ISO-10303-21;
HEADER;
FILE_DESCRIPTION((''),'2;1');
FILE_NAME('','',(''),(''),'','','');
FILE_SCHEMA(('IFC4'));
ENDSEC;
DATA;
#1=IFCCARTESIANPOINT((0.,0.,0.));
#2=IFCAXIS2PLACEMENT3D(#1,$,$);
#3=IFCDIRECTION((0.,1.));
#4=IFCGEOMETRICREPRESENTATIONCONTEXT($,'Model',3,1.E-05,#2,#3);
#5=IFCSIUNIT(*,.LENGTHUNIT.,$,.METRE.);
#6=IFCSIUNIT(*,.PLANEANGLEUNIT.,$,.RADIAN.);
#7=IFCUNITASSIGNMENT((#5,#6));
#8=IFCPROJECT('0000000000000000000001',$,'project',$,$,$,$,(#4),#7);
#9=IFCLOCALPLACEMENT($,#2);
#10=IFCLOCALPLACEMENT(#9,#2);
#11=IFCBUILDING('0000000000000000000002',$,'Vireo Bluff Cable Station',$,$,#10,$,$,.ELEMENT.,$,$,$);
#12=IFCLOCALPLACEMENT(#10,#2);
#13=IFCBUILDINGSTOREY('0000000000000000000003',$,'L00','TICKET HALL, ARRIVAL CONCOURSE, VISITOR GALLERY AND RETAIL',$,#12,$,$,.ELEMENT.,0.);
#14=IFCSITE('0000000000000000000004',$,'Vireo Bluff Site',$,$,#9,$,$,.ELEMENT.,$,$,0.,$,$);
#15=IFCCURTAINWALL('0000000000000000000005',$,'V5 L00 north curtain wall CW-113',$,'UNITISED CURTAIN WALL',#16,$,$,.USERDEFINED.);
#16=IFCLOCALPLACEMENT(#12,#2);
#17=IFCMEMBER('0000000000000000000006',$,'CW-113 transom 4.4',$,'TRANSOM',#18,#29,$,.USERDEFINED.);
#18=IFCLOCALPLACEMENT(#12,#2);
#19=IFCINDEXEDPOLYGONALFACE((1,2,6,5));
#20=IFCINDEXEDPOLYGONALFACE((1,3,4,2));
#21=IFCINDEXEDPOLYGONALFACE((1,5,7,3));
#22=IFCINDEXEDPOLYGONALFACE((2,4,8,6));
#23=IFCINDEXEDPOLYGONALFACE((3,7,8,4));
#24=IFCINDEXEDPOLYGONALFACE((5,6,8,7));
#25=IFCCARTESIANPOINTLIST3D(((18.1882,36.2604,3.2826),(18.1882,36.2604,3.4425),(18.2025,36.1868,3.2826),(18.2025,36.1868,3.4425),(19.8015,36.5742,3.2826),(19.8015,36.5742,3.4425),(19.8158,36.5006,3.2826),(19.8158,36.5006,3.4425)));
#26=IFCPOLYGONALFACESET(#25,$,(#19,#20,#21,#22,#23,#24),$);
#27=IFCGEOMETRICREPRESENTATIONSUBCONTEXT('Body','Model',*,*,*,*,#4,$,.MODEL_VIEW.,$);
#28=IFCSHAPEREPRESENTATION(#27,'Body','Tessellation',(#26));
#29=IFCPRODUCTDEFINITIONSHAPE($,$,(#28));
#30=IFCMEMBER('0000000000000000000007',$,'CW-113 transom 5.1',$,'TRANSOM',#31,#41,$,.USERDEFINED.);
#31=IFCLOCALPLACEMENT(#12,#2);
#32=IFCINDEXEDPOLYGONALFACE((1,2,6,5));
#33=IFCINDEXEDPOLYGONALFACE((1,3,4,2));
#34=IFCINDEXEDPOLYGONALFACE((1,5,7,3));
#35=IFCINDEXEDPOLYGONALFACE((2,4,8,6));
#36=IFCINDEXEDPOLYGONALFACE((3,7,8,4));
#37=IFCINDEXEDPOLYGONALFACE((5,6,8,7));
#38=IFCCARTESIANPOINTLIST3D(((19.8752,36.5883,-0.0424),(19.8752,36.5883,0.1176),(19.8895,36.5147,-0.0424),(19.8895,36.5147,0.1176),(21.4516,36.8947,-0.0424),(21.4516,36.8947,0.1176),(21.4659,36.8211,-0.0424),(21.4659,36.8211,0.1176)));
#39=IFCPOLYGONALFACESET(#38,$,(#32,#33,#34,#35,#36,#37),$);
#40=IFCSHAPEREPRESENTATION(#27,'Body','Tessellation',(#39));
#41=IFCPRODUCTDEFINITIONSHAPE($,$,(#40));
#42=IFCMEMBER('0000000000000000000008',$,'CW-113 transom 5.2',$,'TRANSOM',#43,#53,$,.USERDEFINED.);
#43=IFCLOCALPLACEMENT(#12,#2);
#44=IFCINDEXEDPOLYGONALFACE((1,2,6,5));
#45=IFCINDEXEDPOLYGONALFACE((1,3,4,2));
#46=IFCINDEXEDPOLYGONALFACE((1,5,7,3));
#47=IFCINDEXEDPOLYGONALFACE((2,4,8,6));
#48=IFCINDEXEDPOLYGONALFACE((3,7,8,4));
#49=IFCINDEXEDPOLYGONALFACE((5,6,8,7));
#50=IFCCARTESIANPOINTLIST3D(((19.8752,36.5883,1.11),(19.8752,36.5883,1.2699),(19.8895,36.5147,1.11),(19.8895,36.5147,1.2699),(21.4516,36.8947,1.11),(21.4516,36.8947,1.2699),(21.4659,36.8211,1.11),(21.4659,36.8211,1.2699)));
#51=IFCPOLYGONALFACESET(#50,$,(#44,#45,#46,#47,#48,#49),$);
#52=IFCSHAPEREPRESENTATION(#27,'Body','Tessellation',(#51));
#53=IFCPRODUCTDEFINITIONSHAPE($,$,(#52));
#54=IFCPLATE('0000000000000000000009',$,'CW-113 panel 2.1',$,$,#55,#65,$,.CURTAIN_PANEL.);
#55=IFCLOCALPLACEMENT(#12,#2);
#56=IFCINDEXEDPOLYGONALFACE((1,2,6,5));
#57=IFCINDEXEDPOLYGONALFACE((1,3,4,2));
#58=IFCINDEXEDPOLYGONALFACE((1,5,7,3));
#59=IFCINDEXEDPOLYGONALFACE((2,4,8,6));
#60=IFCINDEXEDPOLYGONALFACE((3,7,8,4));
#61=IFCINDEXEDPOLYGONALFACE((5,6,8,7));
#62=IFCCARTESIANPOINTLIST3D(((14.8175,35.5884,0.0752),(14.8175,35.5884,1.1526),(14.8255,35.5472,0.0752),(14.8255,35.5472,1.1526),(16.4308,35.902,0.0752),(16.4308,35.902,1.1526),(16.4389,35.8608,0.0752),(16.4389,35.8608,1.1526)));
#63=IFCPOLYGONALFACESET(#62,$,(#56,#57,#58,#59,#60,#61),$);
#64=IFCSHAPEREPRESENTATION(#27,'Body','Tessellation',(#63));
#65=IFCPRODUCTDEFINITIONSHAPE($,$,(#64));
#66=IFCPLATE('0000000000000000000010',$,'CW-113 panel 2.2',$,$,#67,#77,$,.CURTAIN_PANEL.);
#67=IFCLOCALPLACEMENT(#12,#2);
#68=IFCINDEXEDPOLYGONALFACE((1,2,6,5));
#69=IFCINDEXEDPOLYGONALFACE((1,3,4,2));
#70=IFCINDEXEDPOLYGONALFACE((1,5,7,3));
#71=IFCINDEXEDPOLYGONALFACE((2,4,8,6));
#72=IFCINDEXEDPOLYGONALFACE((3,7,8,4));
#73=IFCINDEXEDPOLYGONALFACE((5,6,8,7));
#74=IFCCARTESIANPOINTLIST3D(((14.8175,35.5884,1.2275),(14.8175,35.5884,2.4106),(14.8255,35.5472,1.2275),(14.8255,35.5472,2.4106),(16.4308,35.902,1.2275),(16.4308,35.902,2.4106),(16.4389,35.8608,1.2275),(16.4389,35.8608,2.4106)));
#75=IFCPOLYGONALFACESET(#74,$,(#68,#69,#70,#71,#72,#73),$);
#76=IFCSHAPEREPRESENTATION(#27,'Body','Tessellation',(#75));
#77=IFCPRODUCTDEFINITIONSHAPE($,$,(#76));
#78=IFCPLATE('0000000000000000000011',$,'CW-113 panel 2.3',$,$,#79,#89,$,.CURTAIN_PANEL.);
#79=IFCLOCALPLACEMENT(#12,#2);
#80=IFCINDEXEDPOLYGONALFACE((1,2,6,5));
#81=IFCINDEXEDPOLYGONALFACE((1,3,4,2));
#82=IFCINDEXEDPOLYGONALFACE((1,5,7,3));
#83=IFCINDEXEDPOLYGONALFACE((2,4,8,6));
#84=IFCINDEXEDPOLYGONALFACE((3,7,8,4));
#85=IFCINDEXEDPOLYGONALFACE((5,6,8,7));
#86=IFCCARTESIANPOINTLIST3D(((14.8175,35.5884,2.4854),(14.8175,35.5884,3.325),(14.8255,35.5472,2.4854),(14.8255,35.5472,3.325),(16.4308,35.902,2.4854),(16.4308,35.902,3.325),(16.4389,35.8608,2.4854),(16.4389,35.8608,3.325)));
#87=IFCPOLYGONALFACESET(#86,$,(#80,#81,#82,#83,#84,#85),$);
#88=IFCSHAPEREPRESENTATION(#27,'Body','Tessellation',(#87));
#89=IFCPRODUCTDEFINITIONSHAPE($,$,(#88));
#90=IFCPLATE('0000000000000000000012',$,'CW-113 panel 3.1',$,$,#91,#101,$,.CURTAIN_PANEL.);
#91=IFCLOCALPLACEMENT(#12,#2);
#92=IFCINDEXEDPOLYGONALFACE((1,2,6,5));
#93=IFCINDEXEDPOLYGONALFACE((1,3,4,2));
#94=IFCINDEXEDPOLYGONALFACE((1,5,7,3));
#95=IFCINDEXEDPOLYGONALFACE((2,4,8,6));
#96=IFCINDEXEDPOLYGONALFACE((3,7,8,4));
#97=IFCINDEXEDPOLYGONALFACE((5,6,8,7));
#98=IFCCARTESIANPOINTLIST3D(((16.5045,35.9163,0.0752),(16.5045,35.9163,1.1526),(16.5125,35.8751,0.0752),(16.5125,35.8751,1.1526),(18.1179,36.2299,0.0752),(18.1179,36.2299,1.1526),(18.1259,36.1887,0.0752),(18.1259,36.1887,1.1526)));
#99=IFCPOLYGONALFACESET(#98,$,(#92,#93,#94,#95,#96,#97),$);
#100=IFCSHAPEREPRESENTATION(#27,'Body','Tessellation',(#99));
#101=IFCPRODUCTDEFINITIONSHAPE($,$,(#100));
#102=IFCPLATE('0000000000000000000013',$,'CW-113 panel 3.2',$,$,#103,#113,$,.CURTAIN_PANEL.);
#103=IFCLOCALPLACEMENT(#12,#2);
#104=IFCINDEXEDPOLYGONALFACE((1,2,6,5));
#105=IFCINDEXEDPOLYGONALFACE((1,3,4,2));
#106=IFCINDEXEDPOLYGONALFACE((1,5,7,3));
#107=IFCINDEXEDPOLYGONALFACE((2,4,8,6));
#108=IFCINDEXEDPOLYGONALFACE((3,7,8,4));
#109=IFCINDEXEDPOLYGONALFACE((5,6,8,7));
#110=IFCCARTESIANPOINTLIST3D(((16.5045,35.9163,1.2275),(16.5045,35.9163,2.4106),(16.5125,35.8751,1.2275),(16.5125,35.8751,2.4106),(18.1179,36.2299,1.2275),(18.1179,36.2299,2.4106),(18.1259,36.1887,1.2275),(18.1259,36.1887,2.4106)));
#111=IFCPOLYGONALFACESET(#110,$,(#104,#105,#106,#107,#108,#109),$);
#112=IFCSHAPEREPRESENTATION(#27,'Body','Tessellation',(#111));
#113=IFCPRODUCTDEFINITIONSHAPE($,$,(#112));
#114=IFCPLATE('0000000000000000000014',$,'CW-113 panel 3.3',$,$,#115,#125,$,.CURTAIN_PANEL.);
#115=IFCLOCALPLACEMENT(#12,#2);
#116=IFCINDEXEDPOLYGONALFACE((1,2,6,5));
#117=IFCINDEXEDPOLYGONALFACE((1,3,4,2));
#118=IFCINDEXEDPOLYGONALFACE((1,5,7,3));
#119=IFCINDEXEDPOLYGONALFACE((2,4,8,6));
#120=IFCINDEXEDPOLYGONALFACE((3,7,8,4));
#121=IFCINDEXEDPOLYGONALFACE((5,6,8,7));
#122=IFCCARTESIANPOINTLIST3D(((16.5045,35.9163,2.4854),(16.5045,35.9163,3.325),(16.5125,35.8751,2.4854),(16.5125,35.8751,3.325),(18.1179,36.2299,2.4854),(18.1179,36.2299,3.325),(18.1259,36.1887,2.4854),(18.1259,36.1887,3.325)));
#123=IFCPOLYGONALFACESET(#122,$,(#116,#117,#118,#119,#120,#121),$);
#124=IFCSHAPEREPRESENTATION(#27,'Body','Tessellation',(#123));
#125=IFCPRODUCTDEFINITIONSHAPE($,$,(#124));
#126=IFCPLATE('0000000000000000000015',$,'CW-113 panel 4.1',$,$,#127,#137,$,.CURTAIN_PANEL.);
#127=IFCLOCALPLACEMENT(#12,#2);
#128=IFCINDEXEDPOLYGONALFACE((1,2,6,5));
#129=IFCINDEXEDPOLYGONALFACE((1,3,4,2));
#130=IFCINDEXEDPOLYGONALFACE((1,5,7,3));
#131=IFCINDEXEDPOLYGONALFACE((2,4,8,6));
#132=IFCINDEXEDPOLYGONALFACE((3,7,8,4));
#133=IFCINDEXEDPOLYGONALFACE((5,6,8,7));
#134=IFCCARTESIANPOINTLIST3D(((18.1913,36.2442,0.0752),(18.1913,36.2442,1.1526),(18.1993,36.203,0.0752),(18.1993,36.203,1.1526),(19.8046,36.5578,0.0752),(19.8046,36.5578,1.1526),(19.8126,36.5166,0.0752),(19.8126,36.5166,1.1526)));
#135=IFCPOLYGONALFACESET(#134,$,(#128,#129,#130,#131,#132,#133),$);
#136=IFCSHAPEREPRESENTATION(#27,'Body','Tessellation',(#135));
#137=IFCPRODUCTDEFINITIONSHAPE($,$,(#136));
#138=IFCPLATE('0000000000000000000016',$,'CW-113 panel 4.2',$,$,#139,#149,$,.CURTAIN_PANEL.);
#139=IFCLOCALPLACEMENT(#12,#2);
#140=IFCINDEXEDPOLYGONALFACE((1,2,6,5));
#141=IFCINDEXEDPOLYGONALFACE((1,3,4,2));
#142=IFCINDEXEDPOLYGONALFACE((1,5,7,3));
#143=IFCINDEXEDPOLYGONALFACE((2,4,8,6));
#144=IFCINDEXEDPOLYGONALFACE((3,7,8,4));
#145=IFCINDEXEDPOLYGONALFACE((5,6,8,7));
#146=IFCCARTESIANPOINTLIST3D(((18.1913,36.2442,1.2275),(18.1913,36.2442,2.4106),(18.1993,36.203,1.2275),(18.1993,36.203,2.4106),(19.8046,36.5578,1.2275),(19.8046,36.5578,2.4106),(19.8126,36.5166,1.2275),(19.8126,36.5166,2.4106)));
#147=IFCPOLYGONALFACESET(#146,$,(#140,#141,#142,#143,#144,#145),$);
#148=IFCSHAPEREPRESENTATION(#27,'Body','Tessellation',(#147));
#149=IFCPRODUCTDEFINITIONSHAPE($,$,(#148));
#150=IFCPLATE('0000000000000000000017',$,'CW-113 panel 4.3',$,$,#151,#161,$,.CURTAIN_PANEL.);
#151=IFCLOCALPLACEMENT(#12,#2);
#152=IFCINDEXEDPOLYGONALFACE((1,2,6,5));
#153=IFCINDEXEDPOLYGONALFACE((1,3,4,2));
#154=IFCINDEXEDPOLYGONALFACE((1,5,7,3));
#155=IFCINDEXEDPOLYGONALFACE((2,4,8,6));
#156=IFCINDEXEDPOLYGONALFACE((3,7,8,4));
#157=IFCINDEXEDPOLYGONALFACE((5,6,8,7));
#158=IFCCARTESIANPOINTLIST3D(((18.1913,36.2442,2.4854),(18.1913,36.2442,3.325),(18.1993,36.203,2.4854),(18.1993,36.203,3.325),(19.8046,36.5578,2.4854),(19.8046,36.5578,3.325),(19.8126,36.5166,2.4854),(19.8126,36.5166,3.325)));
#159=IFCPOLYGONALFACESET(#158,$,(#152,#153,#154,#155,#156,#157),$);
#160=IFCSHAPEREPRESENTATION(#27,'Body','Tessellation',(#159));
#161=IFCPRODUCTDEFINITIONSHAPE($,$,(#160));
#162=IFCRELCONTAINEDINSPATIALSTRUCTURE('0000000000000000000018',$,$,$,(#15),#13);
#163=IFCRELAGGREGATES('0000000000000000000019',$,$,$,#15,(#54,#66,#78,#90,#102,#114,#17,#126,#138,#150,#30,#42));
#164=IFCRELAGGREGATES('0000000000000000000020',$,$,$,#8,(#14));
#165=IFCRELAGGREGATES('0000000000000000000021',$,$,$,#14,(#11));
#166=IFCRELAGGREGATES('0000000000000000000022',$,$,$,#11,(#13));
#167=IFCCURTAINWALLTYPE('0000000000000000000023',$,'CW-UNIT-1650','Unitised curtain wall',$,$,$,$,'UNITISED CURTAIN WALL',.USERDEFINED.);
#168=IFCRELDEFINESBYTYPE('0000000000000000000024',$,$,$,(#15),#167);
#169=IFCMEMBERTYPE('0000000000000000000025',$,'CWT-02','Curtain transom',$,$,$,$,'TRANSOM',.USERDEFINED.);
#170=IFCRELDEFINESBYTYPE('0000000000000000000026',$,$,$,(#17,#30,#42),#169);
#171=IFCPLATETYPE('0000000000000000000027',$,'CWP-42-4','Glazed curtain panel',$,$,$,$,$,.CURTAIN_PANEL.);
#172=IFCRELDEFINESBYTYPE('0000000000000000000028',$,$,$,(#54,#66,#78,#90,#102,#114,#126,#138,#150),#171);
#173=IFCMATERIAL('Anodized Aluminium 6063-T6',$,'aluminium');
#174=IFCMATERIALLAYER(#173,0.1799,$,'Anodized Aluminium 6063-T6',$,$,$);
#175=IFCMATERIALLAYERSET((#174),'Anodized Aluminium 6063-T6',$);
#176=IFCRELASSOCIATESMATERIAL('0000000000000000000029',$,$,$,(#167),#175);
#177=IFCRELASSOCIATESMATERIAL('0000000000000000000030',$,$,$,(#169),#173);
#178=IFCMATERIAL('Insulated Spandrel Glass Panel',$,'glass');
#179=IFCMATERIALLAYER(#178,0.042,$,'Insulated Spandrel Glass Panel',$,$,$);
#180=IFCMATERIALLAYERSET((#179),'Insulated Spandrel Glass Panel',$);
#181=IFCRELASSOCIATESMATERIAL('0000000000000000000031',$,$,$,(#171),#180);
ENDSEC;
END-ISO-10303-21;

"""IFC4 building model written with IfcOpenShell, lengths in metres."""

from ifc_helpers import new_model, si_unit, direction, frame, origin, origin_2d, place, context, subcontext, project, spatial, rectangle, extrude, material, layer, layer_set, material_profile, profile_set, type_object, element, aggregate, save


model = new_model("IFC4")

# Units and contexts
model_context = context("Model", 3, precision=1e-05, world=origin(), true_north=direction((0.0, 1.0)))
body_context = subcontext(model_context, "Body", "Model", "MODEL_VIEW")
ifc_project = project(units=[si_unit("LENGTHUNIT", "METRE"), si_unit("PLANEANGLEUNIT", "RADIAN")], contexts=[model_context])

# Site, building, storey
site_placement = place(None, origin())
site = spatial("IfcSite", under=ifc_project, at=site_placement, Name="Vireo Bluff Site", CompositionType="ELEMENT", RefElevation=0.0)
building_placement = place(site_placement, origin())
building = spatial("IfcBuilding", under=site, at=building_placement, Name="Vireo Bluff Cable Station", CompositionType="ELEMENT")
storey_placement = place(building_placement, origin())
storey = spatial("IfcBuildingStorey", under=building, at=storey_placement, Name="L00", Description="TICKET HALL, ARRIVAL CONCOURSE, VISITOR GALLERY AND RETAIL", CompositionType="ELEMENT", Elevation=0.0)

# Curtain wall, members, plates
ifc_material_1 = material(Name="Anodized Aluminium 6063-T6", Category="aluminium")
ifc_layer_1 = layer(ifc_material_1, 0.1799, Name="Anodized Aluminium 6063-T6")
ifc_layer_set_1 = layer_set([ifc_layer_1], Name="Anodized Aluminium 6063-T6")
curtain_wall_type = type_object("IfcCurtainWallType", Name="CW-UNIT-1650", Description="Unitised curtain wall", ElementType="UNITISED CURTAIN WALL", PredefinedType="USERDEFINED", material=ifc_layer_set_1)
curtain_wall_placement = place(storey_placement, origin())
curtain_wall = element("IfcCurtainWall", 1, at=curtain_wall_placement, inside=storey, type_object=curtain_wall_type, Name="V5 L00 north curtain wall CW-113", ObjectType="UNITISED CURTAIN WALL", PredefinedType="USERDEFINED")
ifc_material_profile_1 = material_profile(ifc_material_1, rectangle(XDim=0.075, YDim=0.1599, at=origin_2d()), Name="ALU-T-75X160")
ifc_profile_set_1 = profile_set([ifc_material_profile_1], Name="Anodized Aluminium 6063-T6")
member_type_1 = type_object("IfcMemberType", Name="CWT-02", Description="Curtain transom", ElementType="TRANSOM", PredefinedType="USERDEFINED", material=ifc_profile_set_1)
member_1_placement = place(storey_placement, frame((18.1953, 36.2236, 3.3625), z_axis=(0.981612, 0.190886, 0.0), x_axis=(-0.190886, 0.981612, 0.0)))
member_1 = element("IfcMember", 2, at=member_1_placement, type_object=member_type_1, Name="CW-113 transom 4.4", ObjectType="TRANSOM", PredefinedType="USERDEFINED", context=body_context, shape_type="SweptSolid", body=[
    extrude(rectangle(XDim=0.075, YDim=0.1599, at=origin_2d()), origin(), (0.0, 0.0, 1.0), 1.6436),
])
member_2_placement = place(storey_placement, frame((19.8823, 36.5515, 0.0376), z_axis=(0.98163, 0.190792, 0.0), x_axis=(-0.190792, 0.98163, 0.0)))
member_2 = element("IfcMember", 3, at=member_2_placement, type_object=member_type_1, Name="CW-113 transom 5.1", ObjectType="TRANSOM", PredefinedType="USERDEFINED", context=body_context, shape_type="SweptSolid", body=[
    extrude(rectangle(XDim=0.075, YDim=0.1599, at=origin_2d()), origin(), (0.0, 0.0, 1.0), 1.606),
])
member_3_placement = place(storey_placement, frame((19.8823, 36.5515, 1.1899), z_axis=(0.98163, 0.190792, 0.0), x_axis=(-0.190792, 0.98163, 0.0)))
member_3 = element("IfcMember", 4, at=member_3_placement, type_object=member_type_1, Name="CW-113 transom 5.2", ObjectType="TRANSOM", PredefinedType="USERDEFINED", context=body_context, shape_type="SweptSolid", body=[
    extrude(rectangle(XDim=0.075, YDim=0.1599, at=origin_2d()), origin(), (0.0, 0.0, 1.0), 1.606),
])
ifc_material_2 = material(Name="Insulated Spandrel Glass Panel", Category="glass")
ifc_layer_2 = layer(ifc_material_2, 0.042, Name="Insulated Spandrel Glass Panel")
ifc_layer_set_2 = layer_set([ifc_layer_2], Name="Insulated Spandrel Glass Panel")
plate_type = type_object("IfcPlateType", Name="CWP-42-4", Description="Glazed curtain panel", PredefinedType="CURTAIN_PANEL", material=ifc_layer_set_2)
plate_1_placement = place(storey_placement, frame((15.6282, 35.7246, 0.0752), z_axis=(0.0, 0.0, 1.0), x_axis=(0.981627, 0.190809, 0.0)))
plate_1 = element("IfcPlate", 5, at=plate_1_placement, type_object=plate_type, Name="CW-113 panel 2.1", PredefinedType="CURTAIN_PANEL", context=body_context, shape_type="SweptSolid", body=[
    extrude(rectangle(XDim=1.6436, YDim=0.042, at=origin_2d()), origin(), (0.0, 0.0, 1.0), 1.0774),
])
plate_2_placement = place(storey_placement, frame((15.6282, 35.7246, 1.2275), z_axis=(0.0, 0.0, 1.0), x_axis=(0.981627, 0.190809, 0.0)))
plate_2 = element("IfcPlate", 6, at=plate_2_placement, type_object=plate_type, Name="CW-113 panel 2.2", PredefinedType="CURTAIN_PANEL", context=body_context, shape_type="SweptSolid", body=[
    extrude(rectangle(XDim=1.6436, YDim=0.042, at=origin_2d()), origin(), (0.0, 0.0, 1.0), 1.1831),
])
plate_3_placement = place(storey_placement, frame((15.6282, 35.7246, 2.4854), z_axis=(0.0, 0.0, 1.0), x_axis=(0.981627, 0.190809, 0.0)))
plate_3 = element("IfcPlate", 7, at=plate_3_placement, type_object=plate_type, Name="CW-113 panel 2.3", PredefinedType="CURTAIN_PANEL", context=body_context, shape_type="SweptSolid", body=[
    extrude(rectangle(XDim=1.6436, YDim=0.042, at=origin_2d()), origin(), (0.0, 0.0, 1.0), 0.8396),
])
plate_4_placement = place(storey_placement, frame((17.3152, 36.0525, 0.0752), z_axis=(0.0, 0.0, 1.0), x_axis=(0.981627, 0.190809, 0.0)))
plate_4 = element("IfcPlate", 8, at=plate_4_placement, type_object=plate_type, Name="CW-113 panel 3.1", PredefinedType="CURTAIN_PANEL", context=body_context, shape_type="SweptSolid", body=[
    extrude(rectangle(XDim=1.6436, YDim=0.042, at=origin_2d()), origin(), (0.0, 0.0, 1.0), 1.0774),
])
plate_5_placement = place(storey_placement, frame((17.3152, 36.0525, 1.2275), z_axis=(0.0, 0.0, 1.0), x_axis=(0.981627, 0.190809, 0.0)))
plate_5 = element("IfcPlate", 9, at=plate_5_placement, type_object=plate_type, Name="CW-113 panel 3.2", PredefinedType="CURTAIN_PANEL", context=body_context, shape_type="SweptSolid", body=[
    extrude(rectangle(XDim=1.6436, YDim=0.042, at=origin_2d()), origin(), (0.0, 0.0, 1.0), 1.1831),
])
plate_6_placement = place(storey_placement, frame((17.3152, 36.0525, 2.4854), z_axis=(0.0, 0.0, 1.0), x_axis=(0.981627, 0.190809, 0.0)))
plate_6 = element("IfcPlate", 10, at=plate_6_placement, type_object=plate_type, Name="CW-113 panel 3.3", PredefinedType="CURTAIN_PANEL", context=body_context, shape_type="SweptSolid", body=[
    extrude(rectangle(XDim=1.6436, YDim=0.042, at=origin_2d()), origin(), (0.0, 0.0, 1.0), 0.8396),
])
plate_7_placement = place(storey_placement, frame((19.002, 36.3804, 0.0752), z_axis=(0.0, 0.0, 1.0), x_axis=(0.981627, 0.190809, 0.0)))
plate_7 = element("IfcPlate", 11, at=plate_7_placement, type_object=plate_type, Name="CW-113 panel 4.1", PredefinedType="CURTAIN_PANEL", context=body_context, shape_type="SweptSolid", body=[
    extrude(rectangle(XDim=1.6436, YDim=0.042, at=origin_2d()), origin(), (0.0, 0.0, 1.0), 1.0774),
])
plate_8_placement = place(storey_placement, frame((19.002, 36.3804, 1.2275), z_axis=(0.0, 0.0, 1.0), x_axis=(0.981627, 0.190809, 0.0)))
plate_8 = element("IfcPlate", 12, at=plate_8_placement, type_object=plate_type, Name="CW-113 panel 4.2", PredefinedType="CURTAIN_PANEL", context=body_context, shape_type="SweptSolid", body=[
    extrude(rectangle(XDim=1.6436, YDim=0.042, at=origin_2d()), origin(), (0.0, 0.0, 1.0), 1.1831),
])
plate_9_placement = place(storey_placement, frame((19.002, 36.3804, 2.4854), z_axis=(0.0, 0.0, 1.0), x_axis=(0.981627, 0.190809, 0.0)))
plate_9 = element("IfcPlate", 13, at=plate_9_placement, type_object=plate_type, Name="CW-113 panel 4.3", PredefinedType="CURTAIN_PANEL", context=body_context, shape_type="SweptSolid", body=[
    extrude(rectangle(XDim=1.6436, YDim=0.042, at=origin_2d()), origin(), (0.0, 0.0, 1.0), 0.8396),
])
aggregate(curtain_wall, [plate_1, plate_2, plate_3, plate_4, plate_5, plate_6, member_1, plate_7, plate_8, plate_9, member_2, member_3])

save(model, "model.ifc")
